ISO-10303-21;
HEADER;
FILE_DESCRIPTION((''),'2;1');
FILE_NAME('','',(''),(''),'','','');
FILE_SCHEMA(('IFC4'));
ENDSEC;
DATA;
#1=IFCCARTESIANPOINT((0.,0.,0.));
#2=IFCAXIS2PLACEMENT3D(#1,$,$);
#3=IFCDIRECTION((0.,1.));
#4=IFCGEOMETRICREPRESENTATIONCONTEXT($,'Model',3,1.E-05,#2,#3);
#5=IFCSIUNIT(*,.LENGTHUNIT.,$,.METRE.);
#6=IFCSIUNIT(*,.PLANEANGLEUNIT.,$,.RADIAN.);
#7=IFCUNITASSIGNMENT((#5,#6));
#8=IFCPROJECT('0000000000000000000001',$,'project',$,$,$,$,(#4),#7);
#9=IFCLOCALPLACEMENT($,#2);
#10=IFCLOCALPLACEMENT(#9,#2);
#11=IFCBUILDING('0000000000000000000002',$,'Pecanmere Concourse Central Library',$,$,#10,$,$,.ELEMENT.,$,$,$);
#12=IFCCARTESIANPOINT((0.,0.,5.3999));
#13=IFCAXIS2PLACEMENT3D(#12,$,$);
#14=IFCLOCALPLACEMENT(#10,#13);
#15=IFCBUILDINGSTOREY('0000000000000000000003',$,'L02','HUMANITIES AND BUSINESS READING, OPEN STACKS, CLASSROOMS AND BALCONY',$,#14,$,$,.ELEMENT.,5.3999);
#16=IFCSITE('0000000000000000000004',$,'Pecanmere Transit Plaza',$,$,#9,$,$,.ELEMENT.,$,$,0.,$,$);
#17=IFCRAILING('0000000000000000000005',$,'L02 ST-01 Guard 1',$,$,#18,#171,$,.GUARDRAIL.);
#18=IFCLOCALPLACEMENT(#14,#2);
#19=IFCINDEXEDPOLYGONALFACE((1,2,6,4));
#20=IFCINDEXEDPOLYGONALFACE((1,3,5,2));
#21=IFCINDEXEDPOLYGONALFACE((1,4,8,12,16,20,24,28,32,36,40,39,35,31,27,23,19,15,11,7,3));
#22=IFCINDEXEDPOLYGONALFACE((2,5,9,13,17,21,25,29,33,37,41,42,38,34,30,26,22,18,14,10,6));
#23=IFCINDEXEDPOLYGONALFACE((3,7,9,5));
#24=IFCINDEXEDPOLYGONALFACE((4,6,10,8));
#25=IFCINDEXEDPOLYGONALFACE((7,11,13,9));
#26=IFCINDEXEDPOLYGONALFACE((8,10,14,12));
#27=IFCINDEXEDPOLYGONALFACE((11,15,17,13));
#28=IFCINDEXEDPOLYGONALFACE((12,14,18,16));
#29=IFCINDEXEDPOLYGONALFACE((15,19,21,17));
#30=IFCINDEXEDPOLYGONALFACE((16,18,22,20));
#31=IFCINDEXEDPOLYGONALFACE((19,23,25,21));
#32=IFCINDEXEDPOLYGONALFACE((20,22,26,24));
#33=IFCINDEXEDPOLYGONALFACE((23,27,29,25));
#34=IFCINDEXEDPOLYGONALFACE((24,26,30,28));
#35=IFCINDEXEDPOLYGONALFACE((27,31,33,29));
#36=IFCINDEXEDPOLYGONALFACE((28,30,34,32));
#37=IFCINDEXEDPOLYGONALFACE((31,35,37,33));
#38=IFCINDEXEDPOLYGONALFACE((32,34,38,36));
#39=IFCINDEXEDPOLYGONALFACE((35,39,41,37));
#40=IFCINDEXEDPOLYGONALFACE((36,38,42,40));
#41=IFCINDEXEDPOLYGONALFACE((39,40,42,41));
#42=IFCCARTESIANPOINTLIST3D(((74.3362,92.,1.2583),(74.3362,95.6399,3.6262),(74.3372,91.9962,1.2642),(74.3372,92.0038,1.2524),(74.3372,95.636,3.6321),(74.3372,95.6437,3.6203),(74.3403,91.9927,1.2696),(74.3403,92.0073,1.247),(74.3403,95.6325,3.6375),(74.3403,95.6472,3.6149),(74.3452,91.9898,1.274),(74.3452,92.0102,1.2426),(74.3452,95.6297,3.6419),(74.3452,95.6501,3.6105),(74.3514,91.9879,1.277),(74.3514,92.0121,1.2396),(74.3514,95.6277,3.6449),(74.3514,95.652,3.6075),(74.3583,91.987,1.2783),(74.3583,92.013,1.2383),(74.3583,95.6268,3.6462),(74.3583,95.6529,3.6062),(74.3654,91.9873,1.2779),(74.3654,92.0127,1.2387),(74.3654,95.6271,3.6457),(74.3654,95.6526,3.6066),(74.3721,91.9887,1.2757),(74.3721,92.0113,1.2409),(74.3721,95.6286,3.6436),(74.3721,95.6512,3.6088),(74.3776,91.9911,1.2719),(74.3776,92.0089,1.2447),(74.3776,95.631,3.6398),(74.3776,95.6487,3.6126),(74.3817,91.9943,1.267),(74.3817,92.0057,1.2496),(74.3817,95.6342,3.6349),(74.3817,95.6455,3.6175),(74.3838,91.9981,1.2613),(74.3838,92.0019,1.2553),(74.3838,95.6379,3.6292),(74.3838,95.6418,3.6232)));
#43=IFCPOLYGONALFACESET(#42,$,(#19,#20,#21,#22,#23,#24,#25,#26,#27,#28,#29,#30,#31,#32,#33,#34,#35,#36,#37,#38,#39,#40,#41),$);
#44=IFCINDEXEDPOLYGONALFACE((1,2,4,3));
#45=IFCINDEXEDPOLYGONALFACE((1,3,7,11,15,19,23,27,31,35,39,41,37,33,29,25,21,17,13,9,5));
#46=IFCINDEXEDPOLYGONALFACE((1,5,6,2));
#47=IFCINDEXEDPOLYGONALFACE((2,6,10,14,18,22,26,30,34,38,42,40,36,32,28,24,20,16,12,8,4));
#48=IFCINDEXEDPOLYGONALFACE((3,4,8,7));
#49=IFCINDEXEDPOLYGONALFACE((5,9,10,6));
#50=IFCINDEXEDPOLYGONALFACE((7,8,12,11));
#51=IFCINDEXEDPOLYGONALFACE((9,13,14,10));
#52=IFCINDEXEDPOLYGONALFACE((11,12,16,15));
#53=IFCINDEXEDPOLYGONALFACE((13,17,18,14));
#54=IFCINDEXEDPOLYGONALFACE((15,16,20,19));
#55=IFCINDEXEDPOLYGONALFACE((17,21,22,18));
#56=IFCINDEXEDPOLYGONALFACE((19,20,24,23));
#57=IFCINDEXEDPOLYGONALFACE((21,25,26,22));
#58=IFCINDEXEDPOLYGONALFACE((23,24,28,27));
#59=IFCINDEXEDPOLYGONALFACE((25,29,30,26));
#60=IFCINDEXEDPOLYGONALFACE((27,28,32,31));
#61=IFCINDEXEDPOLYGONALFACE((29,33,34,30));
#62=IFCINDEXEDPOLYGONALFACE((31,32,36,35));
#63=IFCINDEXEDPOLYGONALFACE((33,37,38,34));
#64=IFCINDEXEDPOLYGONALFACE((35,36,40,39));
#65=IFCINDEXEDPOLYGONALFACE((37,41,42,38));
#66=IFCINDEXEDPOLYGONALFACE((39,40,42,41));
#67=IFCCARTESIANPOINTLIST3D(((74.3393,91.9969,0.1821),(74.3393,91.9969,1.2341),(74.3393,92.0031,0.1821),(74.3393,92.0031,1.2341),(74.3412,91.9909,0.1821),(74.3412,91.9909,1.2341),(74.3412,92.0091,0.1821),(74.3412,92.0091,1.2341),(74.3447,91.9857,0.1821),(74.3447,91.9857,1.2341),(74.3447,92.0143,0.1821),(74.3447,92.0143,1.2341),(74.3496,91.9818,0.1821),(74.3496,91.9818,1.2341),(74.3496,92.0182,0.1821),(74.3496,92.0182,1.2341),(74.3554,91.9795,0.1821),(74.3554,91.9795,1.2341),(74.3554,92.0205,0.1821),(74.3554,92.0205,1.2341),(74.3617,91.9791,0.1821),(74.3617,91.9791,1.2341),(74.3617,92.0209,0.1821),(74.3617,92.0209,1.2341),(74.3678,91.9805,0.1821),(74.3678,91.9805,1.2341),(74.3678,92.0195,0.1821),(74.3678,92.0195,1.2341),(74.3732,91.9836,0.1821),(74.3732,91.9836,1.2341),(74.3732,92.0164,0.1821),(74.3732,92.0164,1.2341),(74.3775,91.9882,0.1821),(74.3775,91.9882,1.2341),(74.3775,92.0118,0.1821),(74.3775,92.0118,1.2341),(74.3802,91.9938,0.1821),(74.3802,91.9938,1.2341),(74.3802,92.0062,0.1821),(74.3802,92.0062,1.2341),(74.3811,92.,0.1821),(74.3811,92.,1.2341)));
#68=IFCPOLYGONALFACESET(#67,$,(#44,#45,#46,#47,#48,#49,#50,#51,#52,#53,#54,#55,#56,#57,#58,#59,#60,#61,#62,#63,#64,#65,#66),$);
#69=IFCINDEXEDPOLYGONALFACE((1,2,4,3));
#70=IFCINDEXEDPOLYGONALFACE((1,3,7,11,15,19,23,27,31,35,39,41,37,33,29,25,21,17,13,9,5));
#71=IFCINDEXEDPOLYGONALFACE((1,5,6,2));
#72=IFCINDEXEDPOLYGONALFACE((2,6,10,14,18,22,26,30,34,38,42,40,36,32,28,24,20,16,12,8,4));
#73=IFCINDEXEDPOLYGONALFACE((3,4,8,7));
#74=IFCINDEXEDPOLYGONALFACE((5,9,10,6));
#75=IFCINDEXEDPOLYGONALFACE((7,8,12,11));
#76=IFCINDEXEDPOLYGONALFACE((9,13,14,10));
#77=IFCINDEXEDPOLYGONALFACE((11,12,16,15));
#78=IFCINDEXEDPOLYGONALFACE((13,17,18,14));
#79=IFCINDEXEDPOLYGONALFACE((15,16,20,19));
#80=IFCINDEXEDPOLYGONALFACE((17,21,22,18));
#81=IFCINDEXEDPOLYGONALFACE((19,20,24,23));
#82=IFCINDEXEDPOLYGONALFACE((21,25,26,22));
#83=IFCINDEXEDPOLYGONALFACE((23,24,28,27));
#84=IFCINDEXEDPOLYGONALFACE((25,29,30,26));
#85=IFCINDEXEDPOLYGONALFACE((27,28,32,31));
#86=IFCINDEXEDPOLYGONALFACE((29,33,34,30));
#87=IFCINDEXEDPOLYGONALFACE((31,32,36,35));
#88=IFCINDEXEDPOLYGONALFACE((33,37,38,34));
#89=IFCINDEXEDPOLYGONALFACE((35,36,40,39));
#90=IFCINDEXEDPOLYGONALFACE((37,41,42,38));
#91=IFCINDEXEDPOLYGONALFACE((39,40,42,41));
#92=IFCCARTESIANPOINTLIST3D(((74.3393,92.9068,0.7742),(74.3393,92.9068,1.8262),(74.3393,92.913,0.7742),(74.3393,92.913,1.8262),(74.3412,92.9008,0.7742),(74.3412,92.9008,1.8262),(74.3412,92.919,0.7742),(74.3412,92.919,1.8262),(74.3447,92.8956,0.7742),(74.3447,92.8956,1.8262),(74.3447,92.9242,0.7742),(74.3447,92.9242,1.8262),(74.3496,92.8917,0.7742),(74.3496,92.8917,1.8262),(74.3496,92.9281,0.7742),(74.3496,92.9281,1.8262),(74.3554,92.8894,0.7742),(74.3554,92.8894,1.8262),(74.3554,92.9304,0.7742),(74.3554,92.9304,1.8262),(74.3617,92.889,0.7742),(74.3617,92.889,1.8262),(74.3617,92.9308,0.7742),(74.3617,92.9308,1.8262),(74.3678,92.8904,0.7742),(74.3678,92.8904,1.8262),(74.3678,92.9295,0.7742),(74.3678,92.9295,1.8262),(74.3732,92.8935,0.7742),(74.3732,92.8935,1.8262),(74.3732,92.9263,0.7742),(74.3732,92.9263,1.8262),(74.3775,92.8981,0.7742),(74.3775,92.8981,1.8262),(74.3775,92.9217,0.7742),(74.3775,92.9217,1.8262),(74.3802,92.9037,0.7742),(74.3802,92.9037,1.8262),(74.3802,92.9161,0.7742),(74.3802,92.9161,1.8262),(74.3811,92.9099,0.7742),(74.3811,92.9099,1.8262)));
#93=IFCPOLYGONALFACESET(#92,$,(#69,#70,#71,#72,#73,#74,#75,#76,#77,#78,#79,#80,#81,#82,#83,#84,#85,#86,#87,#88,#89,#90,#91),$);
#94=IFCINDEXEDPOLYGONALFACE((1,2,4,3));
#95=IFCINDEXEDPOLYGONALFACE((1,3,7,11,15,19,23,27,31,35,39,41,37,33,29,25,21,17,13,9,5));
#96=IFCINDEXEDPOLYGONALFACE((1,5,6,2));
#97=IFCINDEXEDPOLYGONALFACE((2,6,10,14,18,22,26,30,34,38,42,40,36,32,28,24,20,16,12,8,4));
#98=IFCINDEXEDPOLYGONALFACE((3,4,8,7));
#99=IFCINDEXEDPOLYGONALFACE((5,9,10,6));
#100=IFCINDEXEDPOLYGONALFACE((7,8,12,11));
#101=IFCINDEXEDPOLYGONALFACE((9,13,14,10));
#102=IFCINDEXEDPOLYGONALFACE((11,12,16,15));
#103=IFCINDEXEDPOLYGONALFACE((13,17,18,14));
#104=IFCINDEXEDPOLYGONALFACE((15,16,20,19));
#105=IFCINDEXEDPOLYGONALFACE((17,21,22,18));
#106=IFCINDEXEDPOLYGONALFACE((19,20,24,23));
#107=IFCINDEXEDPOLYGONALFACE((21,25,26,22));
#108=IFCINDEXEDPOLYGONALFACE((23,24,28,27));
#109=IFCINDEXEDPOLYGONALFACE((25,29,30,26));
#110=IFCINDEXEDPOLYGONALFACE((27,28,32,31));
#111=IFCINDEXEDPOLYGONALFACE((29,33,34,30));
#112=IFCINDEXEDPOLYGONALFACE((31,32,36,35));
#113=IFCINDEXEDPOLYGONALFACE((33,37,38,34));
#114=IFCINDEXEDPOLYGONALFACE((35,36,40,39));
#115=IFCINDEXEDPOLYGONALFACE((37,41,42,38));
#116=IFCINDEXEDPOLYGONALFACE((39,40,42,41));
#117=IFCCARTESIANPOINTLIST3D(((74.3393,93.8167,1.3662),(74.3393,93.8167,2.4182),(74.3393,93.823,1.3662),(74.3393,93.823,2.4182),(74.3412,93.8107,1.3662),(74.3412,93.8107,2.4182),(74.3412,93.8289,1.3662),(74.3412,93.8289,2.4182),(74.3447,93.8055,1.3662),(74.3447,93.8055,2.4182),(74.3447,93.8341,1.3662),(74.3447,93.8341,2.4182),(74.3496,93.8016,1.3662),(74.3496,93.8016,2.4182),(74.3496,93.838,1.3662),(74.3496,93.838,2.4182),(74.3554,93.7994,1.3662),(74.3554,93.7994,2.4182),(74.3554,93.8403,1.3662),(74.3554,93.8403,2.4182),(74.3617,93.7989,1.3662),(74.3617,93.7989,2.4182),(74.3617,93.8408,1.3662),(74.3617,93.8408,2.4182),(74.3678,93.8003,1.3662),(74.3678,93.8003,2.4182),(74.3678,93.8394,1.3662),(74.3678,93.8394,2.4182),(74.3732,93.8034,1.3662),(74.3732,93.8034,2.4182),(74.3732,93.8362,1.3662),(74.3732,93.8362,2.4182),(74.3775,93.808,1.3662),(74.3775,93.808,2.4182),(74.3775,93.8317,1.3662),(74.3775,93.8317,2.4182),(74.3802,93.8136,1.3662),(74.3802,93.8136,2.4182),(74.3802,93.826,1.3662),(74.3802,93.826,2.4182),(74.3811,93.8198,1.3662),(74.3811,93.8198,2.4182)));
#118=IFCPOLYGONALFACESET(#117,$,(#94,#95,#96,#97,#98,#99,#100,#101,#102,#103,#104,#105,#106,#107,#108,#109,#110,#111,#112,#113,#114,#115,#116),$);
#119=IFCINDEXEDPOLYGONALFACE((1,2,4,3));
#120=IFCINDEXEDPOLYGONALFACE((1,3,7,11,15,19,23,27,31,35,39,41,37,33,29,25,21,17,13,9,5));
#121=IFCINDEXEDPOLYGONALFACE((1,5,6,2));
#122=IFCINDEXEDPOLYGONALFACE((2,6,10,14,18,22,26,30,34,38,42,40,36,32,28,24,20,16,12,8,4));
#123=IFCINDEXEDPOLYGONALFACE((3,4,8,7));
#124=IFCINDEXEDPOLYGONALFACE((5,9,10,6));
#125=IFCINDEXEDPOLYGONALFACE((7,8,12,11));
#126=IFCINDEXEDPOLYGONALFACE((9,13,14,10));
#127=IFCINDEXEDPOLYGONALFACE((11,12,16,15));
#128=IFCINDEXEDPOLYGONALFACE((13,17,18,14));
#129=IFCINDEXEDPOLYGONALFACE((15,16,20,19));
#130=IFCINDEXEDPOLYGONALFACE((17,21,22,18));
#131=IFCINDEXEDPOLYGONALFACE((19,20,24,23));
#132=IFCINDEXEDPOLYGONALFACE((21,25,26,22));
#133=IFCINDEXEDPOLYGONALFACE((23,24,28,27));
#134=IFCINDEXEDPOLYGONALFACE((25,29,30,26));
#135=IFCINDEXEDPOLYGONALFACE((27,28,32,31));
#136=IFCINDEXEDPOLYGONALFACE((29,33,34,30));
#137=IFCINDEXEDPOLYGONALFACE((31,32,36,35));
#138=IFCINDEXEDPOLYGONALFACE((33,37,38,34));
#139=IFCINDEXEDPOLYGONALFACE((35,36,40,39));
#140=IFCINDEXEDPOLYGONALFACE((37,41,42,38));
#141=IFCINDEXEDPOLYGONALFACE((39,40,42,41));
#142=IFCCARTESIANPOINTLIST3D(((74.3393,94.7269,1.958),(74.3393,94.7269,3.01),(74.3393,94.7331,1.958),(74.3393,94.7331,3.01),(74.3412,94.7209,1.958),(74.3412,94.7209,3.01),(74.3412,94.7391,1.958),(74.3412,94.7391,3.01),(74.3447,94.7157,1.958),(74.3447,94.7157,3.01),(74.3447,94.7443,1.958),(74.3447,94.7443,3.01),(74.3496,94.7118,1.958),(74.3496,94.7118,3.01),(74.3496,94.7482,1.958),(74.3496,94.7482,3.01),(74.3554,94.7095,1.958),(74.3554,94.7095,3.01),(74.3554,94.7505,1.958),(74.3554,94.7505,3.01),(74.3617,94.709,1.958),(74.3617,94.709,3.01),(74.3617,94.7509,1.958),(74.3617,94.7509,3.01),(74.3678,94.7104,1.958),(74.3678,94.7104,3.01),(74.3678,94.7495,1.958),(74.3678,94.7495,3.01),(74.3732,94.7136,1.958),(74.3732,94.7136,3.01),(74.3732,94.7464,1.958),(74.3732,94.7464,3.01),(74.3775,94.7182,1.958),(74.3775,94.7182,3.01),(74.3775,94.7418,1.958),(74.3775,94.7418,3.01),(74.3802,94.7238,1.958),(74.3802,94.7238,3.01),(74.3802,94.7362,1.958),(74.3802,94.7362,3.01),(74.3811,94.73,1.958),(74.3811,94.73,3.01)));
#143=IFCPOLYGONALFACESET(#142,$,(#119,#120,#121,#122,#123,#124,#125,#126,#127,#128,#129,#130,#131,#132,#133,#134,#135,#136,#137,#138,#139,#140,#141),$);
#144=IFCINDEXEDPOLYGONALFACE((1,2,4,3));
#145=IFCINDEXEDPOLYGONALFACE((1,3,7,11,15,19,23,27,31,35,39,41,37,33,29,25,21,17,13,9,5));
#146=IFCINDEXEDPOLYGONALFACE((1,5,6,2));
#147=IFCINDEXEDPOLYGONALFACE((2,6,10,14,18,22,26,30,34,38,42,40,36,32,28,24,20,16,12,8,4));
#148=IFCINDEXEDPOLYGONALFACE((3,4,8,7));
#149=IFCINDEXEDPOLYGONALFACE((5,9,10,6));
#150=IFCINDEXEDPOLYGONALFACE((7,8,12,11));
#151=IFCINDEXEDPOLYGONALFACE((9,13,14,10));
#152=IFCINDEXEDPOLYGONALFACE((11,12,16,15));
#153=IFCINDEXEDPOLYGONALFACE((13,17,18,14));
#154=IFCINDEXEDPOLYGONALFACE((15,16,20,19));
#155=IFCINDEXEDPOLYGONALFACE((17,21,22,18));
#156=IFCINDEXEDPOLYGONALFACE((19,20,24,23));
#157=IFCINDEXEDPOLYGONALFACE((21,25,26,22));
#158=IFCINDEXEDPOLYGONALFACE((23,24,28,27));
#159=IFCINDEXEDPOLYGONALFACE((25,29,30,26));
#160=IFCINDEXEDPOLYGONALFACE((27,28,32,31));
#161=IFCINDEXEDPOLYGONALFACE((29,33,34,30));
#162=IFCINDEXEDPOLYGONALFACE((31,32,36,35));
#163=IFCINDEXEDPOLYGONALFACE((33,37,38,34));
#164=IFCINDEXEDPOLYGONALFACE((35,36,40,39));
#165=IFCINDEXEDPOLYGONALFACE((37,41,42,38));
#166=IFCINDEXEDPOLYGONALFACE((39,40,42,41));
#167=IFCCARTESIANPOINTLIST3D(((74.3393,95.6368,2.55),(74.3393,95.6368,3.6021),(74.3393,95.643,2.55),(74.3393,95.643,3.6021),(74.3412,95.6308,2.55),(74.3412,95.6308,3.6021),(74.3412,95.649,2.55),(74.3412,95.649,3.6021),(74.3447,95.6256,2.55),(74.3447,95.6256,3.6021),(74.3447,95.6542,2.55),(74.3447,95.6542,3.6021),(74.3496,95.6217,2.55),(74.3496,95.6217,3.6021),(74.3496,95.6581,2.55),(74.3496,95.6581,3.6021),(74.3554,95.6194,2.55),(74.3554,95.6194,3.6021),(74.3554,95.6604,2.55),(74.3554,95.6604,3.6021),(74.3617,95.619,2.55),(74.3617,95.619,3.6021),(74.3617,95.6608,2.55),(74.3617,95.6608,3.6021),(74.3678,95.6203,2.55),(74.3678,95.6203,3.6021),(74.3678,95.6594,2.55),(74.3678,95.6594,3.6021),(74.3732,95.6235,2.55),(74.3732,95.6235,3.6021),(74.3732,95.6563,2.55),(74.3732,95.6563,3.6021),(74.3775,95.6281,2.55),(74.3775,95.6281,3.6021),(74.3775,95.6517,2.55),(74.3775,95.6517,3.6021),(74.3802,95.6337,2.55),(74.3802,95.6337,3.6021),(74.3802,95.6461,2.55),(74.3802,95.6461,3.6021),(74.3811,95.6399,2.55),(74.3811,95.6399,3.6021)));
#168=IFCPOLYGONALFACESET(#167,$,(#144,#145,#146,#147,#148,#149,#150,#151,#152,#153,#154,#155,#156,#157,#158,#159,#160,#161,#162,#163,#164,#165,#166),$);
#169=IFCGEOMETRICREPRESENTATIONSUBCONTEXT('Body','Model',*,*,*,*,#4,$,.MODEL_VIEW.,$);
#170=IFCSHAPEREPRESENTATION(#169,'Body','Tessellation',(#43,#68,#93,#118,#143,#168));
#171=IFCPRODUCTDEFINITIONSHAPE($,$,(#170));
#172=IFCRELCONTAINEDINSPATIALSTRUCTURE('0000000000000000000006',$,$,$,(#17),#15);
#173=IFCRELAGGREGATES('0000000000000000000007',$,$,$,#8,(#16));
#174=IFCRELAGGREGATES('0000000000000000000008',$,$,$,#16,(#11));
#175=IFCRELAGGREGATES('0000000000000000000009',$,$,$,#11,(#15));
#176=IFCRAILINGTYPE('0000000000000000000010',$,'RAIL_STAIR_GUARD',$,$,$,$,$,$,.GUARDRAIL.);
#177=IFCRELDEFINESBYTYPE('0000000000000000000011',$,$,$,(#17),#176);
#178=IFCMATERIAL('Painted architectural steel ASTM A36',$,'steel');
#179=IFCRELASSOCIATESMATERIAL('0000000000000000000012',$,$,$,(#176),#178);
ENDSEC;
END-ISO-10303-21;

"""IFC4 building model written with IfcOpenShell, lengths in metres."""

from ifc_helpers import new_model, si_unit, direction, frame, origin, origin_2d, place, context, subcontext, project, spatial, circle, extrude, material, type_object, element, save


model = new_model("IFC4")

# Units and contexts
model_context = context("Model", 3, precision=1e-05, world=origin(), true_north=direction((0.0, 1.0)))
body_context = subcontext(model_context, "Body", "Model", "MODEL_VIEW")
ifc_project = project(units=[si_unit("LENGTHUNIT", "METRE"), si_unit("PLANEANGLEUNIT", "RADIAN")], contexts=[model_context])

# Site, building, storey
site_placement = place(None, origin())
site = spatial("IfcSite", under=ifc_project, at=site_placement, Name="Pecanmere Transit Plaza", CompositionType="ELEMENT", RefElevation=0.0)
building_placement = place(site_placement, origin())
building = spatial("IfcBuilding", under=site, at=building_placement, Name="Pecanmere Concourse Central Library", CompositionType="ELEMENT")
storey_placement = place(building_placement, frame((0.0, 0.0, 5.3999)))
storey = spatial("IfcBuildingStorey", under=building, at=storey_placement, Name="L02", Description="HUMANITIES AND BUSINESS READING, OPEN STACKS, CLASSROOMS AND BALCONY", CompositionType="ELEMENT", Elevation=5.3999)

# Railing
ifc_material_1 = material(Name="Painted architectural steel ASTM A36", Category="steel")
railing_type_1 = type_object("IfcRailingType", Name="RAIL_STAIR_GUARD", PredefinedType="GUARDRAIL", material=ifc_material_1)
railing_1_placement = place(storey_placement, frame((74.3601, 92.0, 0.1821)))
element("IfcRailing", 1, at=railing_1_placement, inside=storey, type_object=railing_type_1, Name="L02 ST-01 Guard 1", PredefinedType="GUARDRAIL", context=body_context, shape_type="SweptSolid", body=[
    extrude(circle(Radius=0.0239, at=origin_2d()), frame((0.0, 0.0, 1.0762), z_axis=(0.0, 0.838234, 0.54531), x_axis=(-1.0, 0.0, 0.0)), (0.0, 0.0, 1.0), 4.3423),
    extrude(circle(Radius=0.021, at=origin_2d()), origin(), (0.0, 0.0, 1.0), 1.052),
    extrude(circle(Radius=0.021, at=origin_2d()), frame((0.0, 0.9099, 0.592)), (0.0, 0.0, 1.0), 1.052),
    extrude(circle(Radius=0.021, at=origin_2d()), frame((0.0, 1.8198, 1.1841)), (0.0, 0.0, 1.0), 1.052),
    extrude(circle(Radius=0.021, at=origin_2d()), frame((0.0, 2.73, 1.7759)), (0.0, 0.0, 1.0), 1.052),
    extrude(circle(Radius=0.021, at=origin_2d()), frame((0.0, 3.6399, 2.3679)), (0.0, 0.0, 1.0), 1.052),
])

save(model, "model.ifc")
